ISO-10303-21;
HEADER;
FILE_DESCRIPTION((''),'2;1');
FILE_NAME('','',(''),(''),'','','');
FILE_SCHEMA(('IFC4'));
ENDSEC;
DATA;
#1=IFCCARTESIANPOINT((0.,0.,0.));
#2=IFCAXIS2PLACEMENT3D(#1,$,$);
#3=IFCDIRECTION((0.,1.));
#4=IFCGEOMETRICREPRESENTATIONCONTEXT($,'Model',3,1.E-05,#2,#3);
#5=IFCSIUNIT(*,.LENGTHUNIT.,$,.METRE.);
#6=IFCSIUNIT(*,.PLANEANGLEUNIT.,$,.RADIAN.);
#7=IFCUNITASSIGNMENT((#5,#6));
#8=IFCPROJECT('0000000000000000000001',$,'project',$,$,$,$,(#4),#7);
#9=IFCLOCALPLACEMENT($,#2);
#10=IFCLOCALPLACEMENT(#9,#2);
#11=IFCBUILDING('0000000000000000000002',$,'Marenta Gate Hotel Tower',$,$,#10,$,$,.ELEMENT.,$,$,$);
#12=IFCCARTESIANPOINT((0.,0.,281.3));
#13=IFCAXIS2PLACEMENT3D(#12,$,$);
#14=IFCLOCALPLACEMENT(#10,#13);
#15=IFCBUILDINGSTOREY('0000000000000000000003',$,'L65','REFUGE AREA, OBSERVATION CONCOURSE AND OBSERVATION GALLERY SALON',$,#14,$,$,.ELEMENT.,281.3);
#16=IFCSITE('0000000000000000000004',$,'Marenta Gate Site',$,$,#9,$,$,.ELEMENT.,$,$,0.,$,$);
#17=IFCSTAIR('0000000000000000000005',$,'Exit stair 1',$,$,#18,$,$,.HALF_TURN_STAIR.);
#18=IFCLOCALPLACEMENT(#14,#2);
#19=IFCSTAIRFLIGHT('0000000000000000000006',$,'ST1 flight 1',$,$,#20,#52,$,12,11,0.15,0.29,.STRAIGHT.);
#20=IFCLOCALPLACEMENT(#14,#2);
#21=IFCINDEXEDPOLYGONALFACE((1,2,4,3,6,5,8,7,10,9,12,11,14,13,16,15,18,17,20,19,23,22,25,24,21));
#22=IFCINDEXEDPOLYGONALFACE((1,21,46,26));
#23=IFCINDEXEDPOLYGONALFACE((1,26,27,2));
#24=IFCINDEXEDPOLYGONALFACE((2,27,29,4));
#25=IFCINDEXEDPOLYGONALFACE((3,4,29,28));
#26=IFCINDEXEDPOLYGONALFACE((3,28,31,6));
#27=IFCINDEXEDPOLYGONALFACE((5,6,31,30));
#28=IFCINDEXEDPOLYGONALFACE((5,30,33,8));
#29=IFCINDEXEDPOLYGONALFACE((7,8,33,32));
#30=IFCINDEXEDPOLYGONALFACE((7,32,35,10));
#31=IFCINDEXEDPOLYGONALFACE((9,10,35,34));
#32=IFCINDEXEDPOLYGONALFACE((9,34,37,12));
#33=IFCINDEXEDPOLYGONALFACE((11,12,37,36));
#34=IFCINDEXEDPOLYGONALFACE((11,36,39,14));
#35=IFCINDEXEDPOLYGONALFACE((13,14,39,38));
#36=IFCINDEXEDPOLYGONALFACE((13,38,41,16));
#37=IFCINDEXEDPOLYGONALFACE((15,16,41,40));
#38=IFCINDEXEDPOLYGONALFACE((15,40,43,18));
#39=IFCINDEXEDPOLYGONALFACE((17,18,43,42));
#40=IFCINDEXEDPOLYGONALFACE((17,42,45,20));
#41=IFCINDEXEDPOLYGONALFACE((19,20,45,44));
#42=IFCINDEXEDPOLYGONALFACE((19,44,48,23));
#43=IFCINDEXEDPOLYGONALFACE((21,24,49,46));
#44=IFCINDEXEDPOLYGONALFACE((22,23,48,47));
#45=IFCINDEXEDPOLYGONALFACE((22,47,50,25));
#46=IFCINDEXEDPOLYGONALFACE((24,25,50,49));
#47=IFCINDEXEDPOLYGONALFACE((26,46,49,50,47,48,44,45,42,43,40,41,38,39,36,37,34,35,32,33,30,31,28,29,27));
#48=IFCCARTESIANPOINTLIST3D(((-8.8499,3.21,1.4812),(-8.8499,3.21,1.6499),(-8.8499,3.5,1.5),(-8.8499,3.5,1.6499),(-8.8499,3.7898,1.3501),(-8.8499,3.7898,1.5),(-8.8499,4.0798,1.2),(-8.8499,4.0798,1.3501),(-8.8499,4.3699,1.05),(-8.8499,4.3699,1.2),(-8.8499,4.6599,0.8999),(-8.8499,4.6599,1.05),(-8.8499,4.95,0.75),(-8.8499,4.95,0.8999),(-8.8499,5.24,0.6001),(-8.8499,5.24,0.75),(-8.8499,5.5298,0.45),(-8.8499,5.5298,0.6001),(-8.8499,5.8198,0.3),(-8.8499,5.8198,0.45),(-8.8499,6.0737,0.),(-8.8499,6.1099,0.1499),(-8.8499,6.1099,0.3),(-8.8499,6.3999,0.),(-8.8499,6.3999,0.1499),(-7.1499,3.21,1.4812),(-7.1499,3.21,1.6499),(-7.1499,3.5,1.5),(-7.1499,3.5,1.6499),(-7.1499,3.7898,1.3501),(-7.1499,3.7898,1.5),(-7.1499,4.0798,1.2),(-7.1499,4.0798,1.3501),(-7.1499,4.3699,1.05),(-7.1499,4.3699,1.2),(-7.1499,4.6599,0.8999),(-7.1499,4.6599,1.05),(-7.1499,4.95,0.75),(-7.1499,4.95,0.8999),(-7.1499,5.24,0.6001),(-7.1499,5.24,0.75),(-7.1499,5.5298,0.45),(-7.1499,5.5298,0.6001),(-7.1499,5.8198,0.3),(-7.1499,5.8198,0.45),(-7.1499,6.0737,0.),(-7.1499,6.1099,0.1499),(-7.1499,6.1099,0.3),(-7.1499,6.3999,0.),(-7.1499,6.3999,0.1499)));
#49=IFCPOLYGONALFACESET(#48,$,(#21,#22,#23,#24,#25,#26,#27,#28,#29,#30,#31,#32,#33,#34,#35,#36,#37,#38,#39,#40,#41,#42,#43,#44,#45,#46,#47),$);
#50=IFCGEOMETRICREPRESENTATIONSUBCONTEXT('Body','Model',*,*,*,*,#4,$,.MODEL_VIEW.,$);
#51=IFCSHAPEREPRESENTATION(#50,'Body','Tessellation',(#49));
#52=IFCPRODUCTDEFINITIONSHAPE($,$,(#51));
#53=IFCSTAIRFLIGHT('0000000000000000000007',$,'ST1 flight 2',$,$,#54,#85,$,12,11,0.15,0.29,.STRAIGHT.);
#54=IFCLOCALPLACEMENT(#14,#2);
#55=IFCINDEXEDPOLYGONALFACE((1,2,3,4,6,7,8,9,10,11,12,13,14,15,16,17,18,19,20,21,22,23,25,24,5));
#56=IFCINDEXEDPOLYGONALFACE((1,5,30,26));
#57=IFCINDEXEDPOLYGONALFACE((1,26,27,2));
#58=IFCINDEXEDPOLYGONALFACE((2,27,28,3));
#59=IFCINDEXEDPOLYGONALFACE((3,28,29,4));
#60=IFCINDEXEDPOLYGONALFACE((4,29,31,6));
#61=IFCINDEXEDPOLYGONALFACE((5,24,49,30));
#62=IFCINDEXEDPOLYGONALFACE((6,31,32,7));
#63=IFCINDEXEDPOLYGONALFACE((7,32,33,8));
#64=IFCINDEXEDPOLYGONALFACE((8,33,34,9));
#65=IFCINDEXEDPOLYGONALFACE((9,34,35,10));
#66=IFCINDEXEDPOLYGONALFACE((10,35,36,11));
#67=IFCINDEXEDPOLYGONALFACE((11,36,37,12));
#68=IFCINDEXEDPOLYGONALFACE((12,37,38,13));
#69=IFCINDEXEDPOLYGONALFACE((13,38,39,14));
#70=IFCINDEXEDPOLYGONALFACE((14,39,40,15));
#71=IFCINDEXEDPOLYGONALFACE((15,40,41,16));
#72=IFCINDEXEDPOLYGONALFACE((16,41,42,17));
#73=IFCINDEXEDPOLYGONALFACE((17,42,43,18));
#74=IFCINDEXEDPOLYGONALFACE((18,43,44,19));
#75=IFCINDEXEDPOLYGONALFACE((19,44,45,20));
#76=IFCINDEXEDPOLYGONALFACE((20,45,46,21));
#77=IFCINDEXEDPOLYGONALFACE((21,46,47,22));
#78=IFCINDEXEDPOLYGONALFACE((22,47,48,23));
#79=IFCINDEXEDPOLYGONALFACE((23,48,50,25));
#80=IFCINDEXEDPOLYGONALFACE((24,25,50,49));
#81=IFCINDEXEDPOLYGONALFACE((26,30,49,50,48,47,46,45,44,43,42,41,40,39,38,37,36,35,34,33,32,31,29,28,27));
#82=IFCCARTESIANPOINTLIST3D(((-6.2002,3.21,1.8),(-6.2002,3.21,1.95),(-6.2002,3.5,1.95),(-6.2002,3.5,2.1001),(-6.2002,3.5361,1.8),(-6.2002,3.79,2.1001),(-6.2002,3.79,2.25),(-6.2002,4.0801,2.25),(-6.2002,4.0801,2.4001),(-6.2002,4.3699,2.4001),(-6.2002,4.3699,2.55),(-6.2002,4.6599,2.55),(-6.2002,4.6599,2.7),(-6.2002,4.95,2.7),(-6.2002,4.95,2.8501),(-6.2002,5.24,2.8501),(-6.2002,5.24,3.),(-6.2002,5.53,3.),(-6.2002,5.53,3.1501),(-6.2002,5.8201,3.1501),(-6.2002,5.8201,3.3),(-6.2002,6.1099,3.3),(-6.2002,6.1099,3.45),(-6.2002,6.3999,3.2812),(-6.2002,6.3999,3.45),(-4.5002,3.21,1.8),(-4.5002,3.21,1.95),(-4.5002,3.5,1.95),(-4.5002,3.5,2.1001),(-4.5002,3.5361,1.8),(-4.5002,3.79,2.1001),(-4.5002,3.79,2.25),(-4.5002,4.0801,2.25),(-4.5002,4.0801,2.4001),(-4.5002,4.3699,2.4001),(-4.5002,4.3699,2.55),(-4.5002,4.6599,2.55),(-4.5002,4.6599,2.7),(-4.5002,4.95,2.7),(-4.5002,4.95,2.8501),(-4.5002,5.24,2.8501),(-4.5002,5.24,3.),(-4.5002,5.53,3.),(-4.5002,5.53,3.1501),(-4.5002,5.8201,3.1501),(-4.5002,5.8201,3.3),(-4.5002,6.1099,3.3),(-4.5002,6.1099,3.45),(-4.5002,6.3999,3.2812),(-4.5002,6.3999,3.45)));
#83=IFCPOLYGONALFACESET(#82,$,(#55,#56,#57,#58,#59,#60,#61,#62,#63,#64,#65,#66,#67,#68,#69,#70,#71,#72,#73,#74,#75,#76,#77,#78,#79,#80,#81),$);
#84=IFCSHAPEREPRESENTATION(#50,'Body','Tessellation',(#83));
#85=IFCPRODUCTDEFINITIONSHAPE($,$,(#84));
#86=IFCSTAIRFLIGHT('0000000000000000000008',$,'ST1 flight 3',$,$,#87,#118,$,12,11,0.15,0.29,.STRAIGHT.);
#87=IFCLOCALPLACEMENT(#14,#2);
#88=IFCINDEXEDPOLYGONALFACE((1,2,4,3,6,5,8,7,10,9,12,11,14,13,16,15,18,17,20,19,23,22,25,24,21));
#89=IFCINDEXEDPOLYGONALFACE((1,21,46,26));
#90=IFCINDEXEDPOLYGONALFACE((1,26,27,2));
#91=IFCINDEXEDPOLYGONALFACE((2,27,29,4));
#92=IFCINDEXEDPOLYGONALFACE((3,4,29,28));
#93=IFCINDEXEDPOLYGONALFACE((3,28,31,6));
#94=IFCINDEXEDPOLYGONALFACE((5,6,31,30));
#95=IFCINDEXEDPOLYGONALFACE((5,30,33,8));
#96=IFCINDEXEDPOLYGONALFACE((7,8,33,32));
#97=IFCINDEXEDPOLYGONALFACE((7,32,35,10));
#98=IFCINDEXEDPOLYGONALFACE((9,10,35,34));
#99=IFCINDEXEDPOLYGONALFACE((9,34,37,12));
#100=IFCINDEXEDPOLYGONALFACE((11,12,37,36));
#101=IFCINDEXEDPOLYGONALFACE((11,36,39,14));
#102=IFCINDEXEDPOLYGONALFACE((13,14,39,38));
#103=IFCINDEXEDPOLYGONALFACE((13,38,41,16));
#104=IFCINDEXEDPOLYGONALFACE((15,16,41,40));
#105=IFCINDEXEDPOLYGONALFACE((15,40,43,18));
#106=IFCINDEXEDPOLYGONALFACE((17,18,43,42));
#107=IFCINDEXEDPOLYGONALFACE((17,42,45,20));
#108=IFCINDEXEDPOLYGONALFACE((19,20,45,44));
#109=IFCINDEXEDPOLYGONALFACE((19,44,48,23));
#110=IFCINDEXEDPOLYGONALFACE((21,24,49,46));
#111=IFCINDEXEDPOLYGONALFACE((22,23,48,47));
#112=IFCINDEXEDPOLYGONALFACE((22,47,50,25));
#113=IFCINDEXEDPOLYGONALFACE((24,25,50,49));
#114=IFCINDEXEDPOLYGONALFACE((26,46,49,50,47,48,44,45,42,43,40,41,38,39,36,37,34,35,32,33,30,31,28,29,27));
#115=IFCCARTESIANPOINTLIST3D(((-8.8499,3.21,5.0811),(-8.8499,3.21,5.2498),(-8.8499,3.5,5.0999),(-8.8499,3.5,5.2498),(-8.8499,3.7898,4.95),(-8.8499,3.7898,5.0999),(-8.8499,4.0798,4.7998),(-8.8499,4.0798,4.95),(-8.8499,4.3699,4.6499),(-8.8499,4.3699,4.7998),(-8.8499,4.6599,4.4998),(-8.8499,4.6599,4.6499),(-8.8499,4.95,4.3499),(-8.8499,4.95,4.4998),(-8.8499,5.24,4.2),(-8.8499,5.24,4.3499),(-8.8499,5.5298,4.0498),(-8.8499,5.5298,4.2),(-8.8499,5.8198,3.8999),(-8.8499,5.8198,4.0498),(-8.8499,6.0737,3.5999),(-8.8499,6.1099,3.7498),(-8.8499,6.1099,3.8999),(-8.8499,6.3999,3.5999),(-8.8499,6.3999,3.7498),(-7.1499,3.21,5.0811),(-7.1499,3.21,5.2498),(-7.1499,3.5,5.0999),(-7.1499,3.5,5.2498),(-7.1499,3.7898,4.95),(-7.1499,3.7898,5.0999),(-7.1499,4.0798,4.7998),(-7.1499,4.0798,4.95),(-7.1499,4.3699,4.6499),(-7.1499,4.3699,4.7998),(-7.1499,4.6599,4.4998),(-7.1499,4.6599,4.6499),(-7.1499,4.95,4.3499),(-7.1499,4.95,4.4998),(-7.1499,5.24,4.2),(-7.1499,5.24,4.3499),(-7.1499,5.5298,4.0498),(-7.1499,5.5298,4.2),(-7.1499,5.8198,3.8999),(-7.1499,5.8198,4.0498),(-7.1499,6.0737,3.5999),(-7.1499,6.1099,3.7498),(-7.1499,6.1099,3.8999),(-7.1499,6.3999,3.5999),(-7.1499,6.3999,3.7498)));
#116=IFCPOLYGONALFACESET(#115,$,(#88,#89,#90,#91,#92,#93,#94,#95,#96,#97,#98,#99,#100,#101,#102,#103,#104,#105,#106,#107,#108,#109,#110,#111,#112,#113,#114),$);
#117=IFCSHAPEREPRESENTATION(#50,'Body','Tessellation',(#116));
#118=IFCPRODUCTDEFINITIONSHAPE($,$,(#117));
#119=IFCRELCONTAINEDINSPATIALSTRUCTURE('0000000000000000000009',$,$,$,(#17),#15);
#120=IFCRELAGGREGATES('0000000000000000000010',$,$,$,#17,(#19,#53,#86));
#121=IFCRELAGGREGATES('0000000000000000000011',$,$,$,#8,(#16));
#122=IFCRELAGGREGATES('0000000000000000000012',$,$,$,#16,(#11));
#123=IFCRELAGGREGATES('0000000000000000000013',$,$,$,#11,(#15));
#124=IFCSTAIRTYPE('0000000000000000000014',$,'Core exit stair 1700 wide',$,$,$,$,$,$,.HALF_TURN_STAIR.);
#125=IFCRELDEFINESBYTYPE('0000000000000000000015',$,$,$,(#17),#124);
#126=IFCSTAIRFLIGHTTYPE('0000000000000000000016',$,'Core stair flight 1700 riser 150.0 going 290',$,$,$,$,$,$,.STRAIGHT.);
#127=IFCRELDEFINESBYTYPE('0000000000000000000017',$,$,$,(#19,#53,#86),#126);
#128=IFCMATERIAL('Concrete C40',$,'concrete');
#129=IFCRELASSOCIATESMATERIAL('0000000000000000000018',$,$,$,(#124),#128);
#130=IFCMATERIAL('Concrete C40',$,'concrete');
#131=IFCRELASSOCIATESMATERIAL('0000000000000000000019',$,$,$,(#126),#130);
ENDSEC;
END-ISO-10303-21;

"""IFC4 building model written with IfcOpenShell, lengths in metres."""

from ifc_helpers import new_model, si_unit, direction, frame, origin, place, context, subcontext, project, spatial, polyline, outline, extrude, material, type_object, element, aggregate, save


model = new_model("IFC4")

# Units and contexts
model_context = context("Model", 3, precision=1e-05, world=origin(), true_north=direction((0.0, 1.0)))
body_context = subcontext(model_context, "Body", "Model", "MODEL_VIEW")
ifc_project = project(units=[si_unit("LENGTHUNIT", "METRE"), si_unit("PLANEANGLEUNIT", "RADIAN")], contexts=[model_context])

# Site, building, storey
site_placement = place(None, origin())
site = spatial("IfcSite", under=ifc_project, at=site_placement, Name="Marenta Gate Site", CompositionType="ELEMENT", RefElevation=0.0)
building_placement = place(site_placement, origin())
building = spatial("IfcBuilding", under=site, at=building_placement, Name="Marenta Gate Hotel Tower", CompositionType="ELEMENT")
storey_placement = place(building_placement, frame((0.0, 0.0, 281.3)))
storey = spatial("IfcBuildingStorey", under=building, at=storey_placement, Name="L65", Description="REFUGE AREA, OBSERVATION CONCOURSE AND OBSERVATION GALLERY SALON", CompositionType="ELEMENT", Elevation=281.3)

# Stair, stair flights
ifc_material_1 = material(Name="Concrete C40", Category="concrete")
stair_type = type_object("IfcStairType", Name="Core exit stair 1700 wide", PredefinedType="HALF_TURN_STAIR", material=ifc_material_1)
stair_placement = place(storey_placement, origin())
stair = element("IfcStair", 1, at=stair_placement, inside=storey, type_object=stair_type, Name="Exit stair 1", PredefinedType="HALF_TURN_STAIR")
ifc_material_2 = material(Name="Concrete C40", Category="concrete")
stair_flight_type = type_object("IfcStairFlightType", Name="Core stair flight 1700 riser 150.0 going 290", PredefinedType="STRAIGHT", material=ifc_material_2)
stair_flight_1_placement = place(storey_placement, frame((-8.0, 6.3999, 0.0), z_axis=(0.0, 0.0, 1.0), x_axis=(0.0, -1.0, 0.0)))
stair_flight_1 = element("IfcStairFlight", 2, at=stair_flight_1_placement, type_object=stair_flight_type, Name="ST1 flight 1", NumberOfRisers=12, NumberOfTreads=11, PredefinedType="STRAIGHT", RiserHeight=0.15, TreadLength=0.29, context=body_context, shape_type="SweptSolid", body=[
    extrude(outline(polyline([(0.0, 0.0), (0.0, 0.1499), (0.29, 0.1499), (0.29, 0.3), (0.5801, 0.3), (0.5801, 0.45), (0.8701, 0.45), (0.8701, 0.6001), (1.1599, 0.6001), (1.1599, 0.75), (1.45, 0.75), (1.45, 0.8999), (1.74, 0.8999), (1.74, 1.05), (2.03, 1.05), (2.03, 1.2), (2.3201, 1.2), (2.3201, 1.3501), (2.6101, 1.3501), (2.6101, 1.5), (2.8999, 1.5), (2.8999, 1.6499), (3.1899, 1.6499), (3.1899, 1.8), (3.1899, 1.4812), (0.3262, 0.0), (0.0, 0.0)])), frame((0.0, 0.8501, 0.0), z_axis=(0.0, -1.0, 0.0), x_axis=(1.0, 0.0, 0.0)), (0.0, 0.0, 1.0), 1.7),
])
stair_flight_2_placement = place(storey_placement, frame((-5.3501, 3.21, 1.8), z_axis=(0.0, 0.0, 1.0), x_axis=(0.0, 1.0, 0.0)))
stair_flight_2 = element("IfcStairFlight", 3, at=stair_flight_2_placement, type_object=stair_flight_type, Name="ST1 flight 2", NumberOfRisers=12, NumberOfTreads=11, PredefinedType="STRAIGHT", RiserHeight=0.15, TreadLength=0.29, context=body_context, shape_type="SweptSolid", body=[
    extrude(outline(polyline([(0.0, 0.0), (0.0, 0.1499), (0.29, 0.1499), (0.29, 0.3), (0.5801, 0.3), (0.5801, 0.45), (0.8701, 0.45), (0.8701, 0.6001), (1.1599, 0.6001), (1.1599, 0.75), (1.45, 0.75), (1.45, 0.8999), (1.74, 0.8999), (1.74, 1.05), (2.03, 1.05), (2.03, 1.2), (2.3201, 1.2), (2.3201, 1.3501), (2.6101, 1.3501), (2.6101, 1.5), (2.8999, 1.5), (2.8999, 1.6499), (3.1899, 1.6499), (3.1899, 1.8), (3.1899, 1.4812), (0.3262, 0.0), (0.0, 0.0)])), frame((0.0, 0.8501, 0.0), z_axis=(0.0, -1.0, 0.0), x_axis=(1.0, 0.0, 0.0)), (0.0, 0.0, 1.0), 1.7),
])
stair_flight_3_placement = place(storey_placement, frame((-8.0, 6.3999, 3.5999), z_axis=(0.0, 0.0, 1.0), x_axis=(0.0, -1.0, 0.0)))
stair_flight_3 = element("IfcStairFlight", 4, at=stair_flight_3_placement, type_object=stair_flight_type, Name="ST1 flight 3", NumberOfRisers=12, NumberOfTreads=11, PredefinedType="STRAIGHT", RiserHeight=0.15, TreadLength=0.29, context=body_context, shape_type="SweptSolid", body=[
    extrude(outline(polyline([(0.0, 0.0), (0.0, 0.1499), (0.29, 0.1499), (0.29, 0.3), (0.5801, 0.3), (0.5801, 0.45), (0.8701, 0.45), (0.8701, 0.6001), (1.1599, 0.6001), (1.1599, 0.75), (1.45, 0.75), (1.45, 0.8999), (1.74, 0.8999), (1.74, 1.05), (2.03, 1.05), (2.03, 1.2), (2.3201, 1.2), (2.3201, 1.3501), (2.6101, 1.3501), (2.6101, 1.5), (2.8999, 1.5), (2.8999, 1.6499), (3.1899, 1.6499), (3.1899, 1.8), (3.1899, 1.4812), (0.3262, 0.0), (0.0, 0.0)])), frame((0.0, 0.8501, 0.0), z_axis=(0.0, -1.0, 0.0), x_axis=(1.0, 0.0, 0.0)), (0.0, 0.0, 1.0), 1.7),
])
aggregate(stair, [stair_flight_1, stair_flight_2, stair_flight_3])

save(model, "model.ifc")
